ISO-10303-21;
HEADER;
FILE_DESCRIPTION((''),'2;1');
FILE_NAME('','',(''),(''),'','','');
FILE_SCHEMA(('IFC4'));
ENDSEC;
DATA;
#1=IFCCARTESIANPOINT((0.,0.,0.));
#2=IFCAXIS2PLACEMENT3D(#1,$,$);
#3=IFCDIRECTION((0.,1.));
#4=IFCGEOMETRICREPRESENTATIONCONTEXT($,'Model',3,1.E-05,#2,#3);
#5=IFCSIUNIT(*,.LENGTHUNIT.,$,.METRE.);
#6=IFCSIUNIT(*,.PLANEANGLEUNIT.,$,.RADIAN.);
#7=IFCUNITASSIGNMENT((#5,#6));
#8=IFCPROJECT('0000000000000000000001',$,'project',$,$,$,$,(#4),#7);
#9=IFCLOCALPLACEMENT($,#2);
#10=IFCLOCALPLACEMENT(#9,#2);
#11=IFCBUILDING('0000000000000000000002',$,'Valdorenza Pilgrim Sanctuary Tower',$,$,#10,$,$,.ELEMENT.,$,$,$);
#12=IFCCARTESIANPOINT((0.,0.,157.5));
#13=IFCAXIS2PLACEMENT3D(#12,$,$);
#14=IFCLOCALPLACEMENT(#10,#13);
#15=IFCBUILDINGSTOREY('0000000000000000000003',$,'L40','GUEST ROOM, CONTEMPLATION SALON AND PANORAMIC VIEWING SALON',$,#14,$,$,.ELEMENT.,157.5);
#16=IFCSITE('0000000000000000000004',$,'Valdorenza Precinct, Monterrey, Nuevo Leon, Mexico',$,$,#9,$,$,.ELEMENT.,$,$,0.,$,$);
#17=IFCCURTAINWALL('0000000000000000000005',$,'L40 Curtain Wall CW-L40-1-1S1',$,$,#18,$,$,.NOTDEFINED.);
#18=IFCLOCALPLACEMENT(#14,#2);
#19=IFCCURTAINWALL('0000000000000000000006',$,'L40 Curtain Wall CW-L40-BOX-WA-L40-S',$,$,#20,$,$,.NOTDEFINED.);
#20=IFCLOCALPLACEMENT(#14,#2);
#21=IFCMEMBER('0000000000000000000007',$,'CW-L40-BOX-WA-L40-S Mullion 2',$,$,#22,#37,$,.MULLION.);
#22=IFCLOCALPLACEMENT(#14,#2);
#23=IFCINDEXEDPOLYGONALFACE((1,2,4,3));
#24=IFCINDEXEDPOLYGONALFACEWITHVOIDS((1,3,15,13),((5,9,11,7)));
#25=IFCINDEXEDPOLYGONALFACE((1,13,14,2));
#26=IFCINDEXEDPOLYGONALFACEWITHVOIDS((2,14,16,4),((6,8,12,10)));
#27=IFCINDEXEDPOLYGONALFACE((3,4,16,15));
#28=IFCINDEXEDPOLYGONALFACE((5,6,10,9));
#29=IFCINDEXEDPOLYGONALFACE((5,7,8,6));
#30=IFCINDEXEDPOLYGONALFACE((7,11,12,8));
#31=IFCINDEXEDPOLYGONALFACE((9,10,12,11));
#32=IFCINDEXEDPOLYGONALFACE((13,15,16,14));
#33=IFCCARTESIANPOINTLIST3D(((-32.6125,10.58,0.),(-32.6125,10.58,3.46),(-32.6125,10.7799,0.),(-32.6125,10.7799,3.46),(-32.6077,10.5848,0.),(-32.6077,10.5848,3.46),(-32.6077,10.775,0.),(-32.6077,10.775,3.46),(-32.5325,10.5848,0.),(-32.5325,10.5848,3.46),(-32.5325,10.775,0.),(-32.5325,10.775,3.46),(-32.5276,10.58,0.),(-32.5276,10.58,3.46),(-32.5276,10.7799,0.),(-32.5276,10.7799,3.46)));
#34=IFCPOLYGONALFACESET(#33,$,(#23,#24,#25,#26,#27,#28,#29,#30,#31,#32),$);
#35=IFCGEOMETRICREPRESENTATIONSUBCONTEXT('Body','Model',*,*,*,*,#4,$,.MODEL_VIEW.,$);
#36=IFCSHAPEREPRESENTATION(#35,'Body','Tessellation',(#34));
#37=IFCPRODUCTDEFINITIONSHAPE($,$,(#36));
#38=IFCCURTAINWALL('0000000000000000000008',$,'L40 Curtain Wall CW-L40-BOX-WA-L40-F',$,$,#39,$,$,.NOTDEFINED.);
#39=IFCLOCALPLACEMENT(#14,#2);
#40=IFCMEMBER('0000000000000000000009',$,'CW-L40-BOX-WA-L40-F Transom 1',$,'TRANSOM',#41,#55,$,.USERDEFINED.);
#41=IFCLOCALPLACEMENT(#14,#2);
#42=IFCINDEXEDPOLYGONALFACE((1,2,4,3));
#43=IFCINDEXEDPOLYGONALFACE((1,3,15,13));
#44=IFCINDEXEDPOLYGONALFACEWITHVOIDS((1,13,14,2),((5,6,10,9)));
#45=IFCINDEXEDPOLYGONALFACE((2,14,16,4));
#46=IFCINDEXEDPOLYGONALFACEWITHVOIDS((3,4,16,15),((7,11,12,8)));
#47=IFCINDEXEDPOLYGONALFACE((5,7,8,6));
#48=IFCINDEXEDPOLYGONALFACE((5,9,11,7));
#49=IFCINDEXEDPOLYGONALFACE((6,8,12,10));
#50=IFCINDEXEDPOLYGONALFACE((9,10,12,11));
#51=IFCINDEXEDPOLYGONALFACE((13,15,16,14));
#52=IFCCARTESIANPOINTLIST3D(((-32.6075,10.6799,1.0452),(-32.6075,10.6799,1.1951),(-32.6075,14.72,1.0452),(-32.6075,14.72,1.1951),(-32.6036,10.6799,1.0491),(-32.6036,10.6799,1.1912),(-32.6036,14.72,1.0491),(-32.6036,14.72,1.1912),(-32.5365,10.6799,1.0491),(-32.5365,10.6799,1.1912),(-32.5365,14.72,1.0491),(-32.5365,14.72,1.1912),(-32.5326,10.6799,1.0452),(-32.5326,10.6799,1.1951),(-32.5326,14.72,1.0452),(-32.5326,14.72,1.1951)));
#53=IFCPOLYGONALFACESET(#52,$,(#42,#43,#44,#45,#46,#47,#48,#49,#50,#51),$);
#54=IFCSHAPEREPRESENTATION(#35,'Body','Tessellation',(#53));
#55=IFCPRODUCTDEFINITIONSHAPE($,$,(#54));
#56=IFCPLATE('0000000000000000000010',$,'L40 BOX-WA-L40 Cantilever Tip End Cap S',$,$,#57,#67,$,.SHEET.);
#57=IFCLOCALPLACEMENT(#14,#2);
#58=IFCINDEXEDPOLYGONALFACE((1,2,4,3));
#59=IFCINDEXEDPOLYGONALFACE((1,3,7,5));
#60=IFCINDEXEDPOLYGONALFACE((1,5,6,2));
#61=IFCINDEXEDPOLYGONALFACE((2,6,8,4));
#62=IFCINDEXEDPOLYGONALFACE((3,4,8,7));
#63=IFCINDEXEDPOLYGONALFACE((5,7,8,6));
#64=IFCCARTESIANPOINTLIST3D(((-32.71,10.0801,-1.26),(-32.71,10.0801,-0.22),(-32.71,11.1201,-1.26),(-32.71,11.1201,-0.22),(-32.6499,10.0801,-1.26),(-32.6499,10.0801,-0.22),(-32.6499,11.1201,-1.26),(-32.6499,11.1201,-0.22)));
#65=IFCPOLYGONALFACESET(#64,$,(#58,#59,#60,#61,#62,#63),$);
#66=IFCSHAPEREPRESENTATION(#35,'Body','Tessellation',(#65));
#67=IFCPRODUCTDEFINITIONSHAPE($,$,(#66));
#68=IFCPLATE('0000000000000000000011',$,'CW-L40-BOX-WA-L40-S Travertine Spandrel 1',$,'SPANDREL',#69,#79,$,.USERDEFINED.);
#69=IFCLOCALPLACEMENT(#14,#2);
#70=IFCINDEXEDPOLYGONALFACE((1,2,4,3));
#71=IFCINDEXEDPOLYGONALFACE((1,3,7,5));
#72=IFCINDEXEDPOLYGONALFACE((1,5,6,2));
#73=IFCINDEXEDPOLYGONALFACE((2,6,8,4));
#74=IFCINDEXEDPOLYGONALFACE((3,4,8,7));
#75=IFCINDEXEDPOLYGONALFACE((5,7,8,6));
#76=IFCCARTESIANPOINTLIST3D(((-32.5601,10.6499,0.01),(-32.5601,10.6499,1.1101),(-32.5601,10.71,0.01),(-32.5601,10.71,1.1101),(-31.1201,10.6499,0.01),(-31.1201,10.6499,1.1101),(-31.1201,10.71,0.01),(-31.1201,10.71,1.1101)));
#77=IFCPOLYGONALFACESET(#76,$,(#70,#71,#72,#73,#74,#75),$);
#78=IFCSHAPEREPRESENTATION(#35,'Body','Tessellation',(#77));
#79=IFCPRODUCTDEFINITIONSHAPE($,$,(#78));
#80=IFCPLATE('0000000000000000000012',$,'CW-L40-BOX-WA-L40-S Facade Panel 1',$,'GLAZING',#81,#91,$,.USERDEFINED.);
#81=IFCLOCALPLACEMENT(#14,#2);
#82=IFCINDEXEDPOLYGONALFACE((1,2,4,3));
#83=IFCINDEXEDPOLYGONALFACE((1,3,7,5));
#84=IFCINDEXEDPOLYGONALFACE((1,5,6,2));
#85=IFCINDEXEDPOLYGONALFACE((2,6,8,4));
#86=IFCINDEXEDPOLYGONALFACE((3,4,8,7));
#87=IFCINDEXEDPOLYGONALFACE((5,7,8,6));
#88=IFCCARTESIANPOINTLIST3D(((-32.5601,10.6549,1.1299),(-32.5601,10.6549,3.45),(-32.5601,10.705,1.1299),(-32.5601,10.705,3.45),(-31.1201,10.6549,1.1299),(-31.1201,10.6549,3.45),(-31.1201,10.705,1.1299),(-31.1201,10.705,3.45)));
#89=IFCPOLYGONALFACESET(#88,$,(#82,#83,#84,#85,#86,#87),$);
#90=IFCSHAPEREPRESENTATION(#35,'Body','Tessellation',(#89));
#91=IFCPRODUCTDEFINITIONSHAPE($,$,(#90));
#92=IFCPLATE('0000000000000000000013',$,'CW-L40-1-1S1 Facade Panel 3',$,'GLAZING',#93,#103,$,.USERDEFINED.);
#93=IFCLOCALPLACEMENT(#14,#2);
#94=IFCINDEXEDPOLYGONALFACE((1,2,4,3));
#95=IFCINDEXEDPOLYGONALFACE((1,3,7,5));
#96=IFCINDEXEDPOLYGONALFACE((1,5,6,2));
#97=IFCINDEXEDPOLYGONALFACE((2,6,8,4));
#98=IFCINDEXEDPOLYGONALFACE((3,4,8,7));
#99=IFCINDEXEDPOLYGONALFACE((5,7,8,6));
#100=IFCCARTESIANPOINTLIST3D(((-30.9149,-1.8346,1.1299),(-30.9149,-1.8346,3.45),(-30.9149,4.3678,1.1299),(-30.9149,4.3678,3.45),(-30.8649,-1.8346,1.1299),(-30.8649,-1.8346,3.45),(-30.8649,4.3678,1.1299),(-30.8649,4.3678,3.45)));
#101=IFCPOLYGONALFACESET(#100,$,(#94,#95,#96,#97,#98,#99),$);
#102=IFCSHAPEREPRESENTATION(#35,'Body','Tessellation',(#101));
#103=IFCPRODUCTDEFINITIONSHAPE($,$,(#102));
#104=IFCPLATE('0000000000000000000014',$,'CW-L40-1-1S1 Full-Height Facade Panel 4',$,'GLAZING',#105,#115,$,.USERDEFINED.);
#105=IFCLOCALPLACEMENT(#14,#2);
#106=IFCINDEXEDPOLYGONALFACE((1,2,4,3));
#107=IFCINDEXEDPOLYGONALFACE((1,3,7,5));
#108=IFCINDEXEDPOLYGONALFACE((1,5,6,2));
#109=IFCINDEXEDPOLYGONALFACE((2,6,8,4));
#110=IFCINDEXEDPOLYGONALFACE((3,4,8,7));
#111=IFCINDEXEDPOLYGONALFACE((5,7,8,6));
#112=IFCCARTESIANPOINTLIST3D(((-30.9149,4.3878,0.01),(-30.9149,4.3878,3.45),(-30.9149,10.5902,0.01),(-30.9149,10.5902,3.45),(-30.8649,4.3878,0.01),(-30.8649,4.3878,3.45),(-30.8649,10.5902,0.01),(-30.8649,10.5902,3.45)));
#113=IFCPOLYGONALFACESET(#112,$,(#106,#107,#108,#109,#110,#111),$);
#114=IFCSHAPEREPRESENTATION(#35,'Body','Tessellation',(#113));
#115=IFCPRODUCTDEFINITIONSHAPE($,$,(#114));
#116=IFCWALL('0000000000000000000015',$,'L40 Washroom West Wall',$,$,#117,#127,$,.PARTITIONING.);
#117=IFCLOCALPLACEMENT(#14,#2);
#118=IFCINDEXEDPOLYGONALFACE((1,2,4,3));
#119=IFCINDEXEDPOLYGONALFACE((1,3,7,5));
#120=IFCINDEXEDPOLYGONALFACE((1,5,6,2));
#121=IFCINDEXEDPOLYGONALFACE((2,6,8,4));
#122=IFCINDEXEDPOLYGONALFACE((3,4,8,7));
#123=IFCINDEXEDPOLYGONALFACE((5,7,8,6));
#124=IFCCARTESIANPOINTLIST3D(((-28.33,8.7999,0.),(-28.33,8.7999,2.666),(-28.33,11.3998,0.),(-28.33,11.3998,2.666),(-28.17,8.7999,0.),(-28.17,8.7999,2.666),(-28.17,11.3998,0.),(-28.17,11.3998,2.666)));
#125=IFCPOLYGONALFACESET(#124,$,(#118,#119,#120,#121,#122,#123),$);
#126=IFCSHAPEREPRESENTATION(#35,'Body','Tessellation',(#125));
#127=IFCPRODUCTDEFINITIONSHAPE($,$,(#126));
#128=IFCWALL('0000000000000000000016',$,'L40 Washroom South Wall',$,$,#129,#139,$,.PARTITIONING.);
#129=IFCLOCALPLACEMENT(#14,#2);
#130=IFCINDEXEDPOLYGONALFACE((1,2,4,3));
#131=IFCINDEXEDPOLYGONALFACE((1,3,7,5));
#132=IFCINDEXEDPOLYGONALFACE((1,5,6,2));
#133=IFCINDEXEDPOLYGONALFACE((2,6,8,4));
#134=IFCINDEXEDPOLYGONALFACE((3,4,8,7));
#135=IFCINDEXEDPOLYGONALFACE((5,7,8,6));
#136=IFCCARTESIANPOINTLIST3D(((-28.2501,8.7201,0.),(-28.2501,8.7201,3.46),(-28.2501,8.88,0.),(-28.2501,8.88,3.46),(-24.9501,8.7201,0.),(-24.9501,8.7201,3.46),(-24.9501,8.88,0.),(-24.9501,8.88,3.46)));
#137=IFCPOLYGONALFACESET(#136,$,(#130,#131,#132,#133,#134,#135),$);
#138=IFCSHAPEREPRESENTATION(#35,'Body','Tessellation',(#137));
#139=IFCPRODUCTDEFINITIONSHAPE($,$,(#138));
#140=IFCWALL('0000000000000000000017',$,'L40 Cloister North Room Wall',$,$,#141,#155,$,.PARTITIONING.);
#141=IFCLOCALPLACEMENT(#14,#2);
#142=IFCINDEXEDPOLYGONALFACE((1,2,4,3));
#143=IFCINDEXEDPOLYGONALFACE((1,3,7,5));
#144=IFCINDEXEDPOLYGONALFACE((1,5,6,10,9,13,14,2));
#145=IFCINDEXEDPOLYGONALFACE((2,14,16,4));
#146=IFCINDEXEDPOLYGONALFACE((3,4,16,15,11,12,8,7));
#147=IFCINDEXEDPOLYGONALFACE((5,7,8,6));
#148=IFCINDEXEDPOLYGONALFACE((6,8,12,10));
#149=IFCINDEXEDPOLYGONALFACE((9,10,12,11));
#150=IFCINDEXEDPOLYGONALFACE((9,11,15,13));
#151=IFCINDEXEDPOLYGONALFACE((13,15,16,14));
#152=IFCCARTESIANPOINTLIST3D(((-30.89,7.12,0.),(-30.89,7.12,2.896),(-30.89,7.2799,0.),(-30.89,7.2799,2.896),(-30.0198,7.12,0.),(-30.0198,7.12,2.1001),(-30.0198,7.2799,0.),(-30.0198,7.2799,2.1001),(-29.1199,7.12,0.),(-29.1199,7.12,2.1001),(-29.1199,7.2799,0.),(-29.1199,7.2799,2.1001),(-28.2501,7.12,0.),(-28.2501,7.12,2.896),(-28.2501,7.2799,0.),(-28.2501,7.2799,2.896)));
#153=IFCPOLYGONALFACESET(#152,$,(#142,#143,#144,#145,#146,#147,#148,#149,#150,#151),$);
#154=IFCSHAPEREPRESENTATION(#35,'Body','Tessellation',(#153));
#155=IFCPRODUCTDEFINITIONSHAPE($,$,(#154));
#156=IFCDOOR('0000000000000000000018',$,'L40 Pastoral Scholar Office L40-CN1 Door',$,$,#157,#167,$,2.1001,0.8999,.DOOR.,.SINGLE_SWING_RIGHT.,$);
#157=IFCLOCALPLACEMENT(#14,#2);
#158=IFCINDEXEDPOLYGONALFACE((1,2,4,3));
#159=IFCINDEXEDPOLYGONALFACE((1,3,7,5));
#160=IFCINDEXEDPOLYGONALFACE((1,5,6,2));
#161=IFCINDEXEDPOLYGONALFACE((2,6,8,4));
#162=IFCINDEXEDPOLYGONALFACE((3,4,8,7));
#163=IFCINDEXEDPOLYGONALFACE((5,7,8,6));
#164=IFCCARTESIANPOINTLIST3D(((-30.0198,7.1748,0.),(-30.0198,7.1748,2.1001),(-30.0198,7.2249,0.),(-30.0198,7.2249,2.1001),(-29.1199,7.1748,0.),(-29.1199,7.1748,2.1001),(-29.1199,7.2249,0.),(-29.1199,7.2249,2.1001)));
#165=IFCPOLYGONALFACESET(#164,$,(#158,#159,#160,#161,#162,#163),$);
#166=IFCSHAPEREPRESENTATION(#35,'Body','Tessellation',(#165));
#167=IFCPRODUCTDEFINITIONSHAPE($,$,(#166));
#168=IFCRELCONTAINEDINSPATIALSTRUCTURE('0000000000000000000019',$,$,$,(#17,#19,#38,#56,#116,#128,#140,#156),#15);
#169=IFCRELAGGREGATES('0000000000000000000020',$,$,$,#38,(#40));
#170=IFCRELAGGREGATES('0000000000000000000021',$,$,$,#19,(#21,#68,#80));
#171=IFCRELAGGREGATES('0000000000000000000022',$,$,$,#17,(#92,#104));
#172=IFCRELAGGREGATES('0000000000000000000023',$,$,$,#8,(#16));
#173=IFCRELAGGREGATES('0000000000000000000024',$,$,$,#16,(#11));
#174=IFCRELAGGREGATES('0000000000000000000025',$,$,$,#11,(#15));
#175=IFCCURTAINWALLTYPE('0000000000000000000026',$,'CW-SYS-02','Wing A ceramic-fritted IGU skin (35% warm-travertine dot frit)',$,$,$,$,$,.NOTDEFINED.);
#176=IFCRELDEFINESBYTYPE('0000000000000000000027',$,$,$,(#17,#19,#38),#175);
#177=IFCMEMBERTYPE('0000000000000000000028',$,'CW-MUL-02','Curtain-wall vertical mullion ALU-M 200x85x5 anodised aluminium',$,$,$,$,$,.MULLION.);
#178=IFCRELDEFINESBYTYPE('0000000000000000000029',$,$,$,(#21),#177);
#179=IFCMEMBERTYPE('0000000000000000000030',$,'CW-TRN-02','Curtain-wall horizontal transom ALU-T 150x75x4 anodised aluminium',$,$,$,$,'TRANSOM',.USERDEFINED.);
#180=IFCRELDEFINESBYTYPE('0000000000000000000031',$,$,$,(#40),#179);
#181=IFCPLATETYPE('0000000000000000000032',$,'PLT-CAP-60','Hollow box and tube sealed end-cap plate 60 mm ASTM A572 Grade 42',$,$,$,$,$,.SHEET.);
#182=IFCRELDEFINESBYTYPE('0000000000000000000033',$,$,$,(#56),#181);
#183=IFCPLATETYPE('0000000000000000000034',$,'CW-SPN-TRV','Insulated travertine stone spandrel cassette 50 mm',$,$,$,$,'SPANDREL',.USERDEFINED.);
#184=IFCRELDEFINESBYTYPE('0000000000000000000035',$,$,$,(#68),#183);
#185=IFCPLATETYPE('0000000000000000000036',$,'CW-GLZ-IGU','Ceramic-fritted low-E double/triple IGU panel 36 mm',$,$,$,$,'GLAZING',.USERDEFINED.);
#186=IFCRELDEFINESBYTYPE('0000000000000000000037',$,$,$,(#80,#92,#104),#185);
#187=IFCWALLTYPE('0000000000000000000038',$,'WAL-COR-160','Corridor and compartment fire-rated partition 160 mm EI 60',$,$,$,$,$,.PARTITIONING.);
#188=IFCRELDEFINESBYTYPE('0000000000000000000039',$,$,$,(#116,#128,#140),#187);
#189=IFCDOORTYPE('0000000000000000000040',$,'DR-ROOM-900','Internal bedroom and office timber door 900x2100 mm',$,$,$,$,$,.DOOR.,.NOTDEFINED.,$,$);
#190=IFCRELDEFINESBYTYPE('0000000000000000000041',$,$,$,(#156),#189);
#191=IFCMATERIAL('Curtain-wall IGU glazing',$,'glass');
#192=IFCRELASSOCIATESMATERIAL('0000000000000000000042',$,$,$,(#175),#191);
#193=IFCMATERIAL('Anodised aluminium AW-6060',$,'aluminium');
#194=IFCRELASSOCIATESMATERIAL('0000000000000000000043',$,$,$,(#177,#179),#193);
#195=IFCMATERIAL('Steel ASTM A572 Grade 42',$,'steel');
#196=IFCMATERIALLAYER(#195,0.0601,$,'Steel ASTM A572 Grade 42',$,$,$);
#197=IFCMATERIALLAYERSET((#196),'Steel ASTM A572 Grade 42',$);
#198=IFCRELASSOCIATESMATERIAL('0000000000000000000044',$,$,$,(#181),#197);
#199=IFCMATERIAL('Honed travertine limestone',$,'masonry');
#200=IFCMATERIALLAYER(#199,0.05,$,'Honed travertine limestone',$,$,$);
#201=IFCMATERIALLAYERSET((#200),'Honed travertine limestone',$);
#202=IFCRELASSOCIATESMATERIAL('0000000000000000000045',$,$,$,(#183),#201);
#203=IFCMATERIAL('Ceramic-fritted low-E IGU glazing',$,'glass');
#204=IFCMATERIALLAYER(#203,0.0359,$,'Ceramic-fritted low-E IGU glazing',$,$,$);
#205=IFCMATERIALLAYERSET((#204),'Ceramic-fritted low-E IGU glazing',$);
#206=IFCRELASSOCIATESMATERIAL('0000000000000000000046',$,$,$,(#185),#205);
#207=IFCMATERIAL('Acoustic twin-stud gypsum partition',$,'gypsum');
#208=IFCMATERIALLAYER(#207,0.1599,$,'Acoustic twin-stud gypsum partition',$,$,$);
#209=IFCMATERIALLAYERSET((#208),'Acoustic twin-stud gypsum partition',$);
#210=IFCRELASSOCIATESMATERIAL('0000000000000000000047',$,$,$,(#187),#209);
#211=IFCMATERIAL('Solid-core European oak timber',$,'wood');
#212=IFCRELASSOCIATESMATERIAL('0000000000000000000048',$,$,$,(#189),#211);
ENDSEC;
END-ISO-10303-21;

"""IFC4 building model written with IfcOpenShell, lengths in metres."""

from ifc_helpers import new_model, si_unit, direction, frame, frame_2d, origin, origin_2d, place, context, subcontext, project, spatial, rectangle, hollow_rectangle, extrude, source, transform, mapped, material, layer, layer_set, material_profile, profile_set, type_object, element, fill, aggregate, save


model = new_model("IFC4")

# Units and contexts
model_context = context("Model", 3, precision=1e-05, world=origin(), true_north=direction((0.0, 1.0)))
body_context = subcontext(model_context, "Body", "Model", "MODEL_VIEW")
ifc_project = project(units=[si_unit("LENGTHUNIT", "METRE"), si_unit("PLANEANGLEUNIT", "RADIAN")], contexts=[model_context])

# Site, building, storey
site_placement = place(None, origin())
site = spatial("IfcSite", under=ifc_project, at=site_placement, Name="Valdorenza Precinct, Monterrey, Nuevo Leon, Mexico", CompositionType="ELEMENT", RefElevation=0.0)
building_placement = place(site_placement, origin())
building = spatial("IfcBuilding", under=site, at=building_placement, Name="Valdorenza Pilgrim Sanctuary Tower", CompositionType="ELEMENT")
storey_placement = place(building_placement, frame((0.0, 0.0, 157.5)))
storey = spatial("IfcBuildingStorey", under=building, at=storey_placement, Name="L40", Description="GUEST ROOM, CONTEMPLATION SALON AND PANORAMIC VIEWING SALON", CompositionType="ELEMENT", Elevation=157.5)

# Shared definitions
ifc_material_1 = material(Name="Steel ASTM A572 Grade 42", Category="steel")

# Curtain wall
ifc_material_2 = material(Name="Curtain-wall IGU glazing", Category="glass")
curtain_wall_type = type_object("IfcCurtainWallType", Name="CW-SYS-02", Description="Wing A ceramic-fritted IGU skin (35% warm-travertine dot frit)", PredefinedType="NOTDEFINED", material=ifc_material_2)
curtain_wall_1_placement = place(storey_placement, origin())
curtain_wall_1 = element("IfcCurtainWall", 1, at=curtain_wall_1_placement, inside=storey, type_object=curtain_wall_type, Name="L40 Curtain Wall CW-L40-1-1S1", PredefinedType="NOTDEFINED")
ifc_material_3 = material(Name="Anodised aluminium AW-6060", Category="aluminium")
ifc_material_profile_1 = material_profile(ifc_material_3, hollow_rectangle(XDim=0.085, YDim=0.2, WallThickness=0.0049, at=origin_2d()), Name="ALU-M 200x85x5")
ifc_profile_set_1 = profile_set([ifc_material_profile_1], Name="Anodised aluminium AW-6060")
member_type_1 = type_object("IfcMemberType", Name="CW-MUL-02", Description="Curtain-wall vertical mullion ALU-M 200x85x5 anodised aluminium", PredefinedType="MULLION", material=ifc_profile_set_1)
shared_shape_1 = source(origin(), body_context, "Body", "SweptSolid", [
    extrude(hollow_rectangle(XDim=0.085, YDim=0.2, WallThickness=0.0049, at=origin_2d()), origin(), (0.0, 0.0, 1.0), 3.46),
])

# Curtain walls, members
curtain_wall_2_placement = place(storey_placement, origin())
curtain_wall_2 = element("IfcCurtainWall", 2, at=curtain_wall_2_placement, inside=storey, type_object=curtain_wall_type, Name="L40 Curtain Wall CW-L40-BOX-WA-L40-S", PredefinedType="NOTDEFINED")
member_1_placement = place(storey_placement, frame((-32.5701, 10.6799, 0.0), z_axis=(0.0, 0.0, 1.0), x_axis=(-1.0, 0.0, 0.0)))
member_1 = element("IfcMember", 3, at=member_1_placement, type_object=member_type_1, Name="CW-L40-BOX-WA-L40-S Mullion 2", PredefinedType="MULLION", context=body_context, shape_type="MappedRepresentation", body=[
    mapped(shared_shape_1, transform((0.0, 0.0, 0.0), x_axis=(1.0, 0.0, 0.0), y_axis=(0.0, 1.0, 0.0), z_axis=(0.0, 0.0, 1.0), scale=1.0)),
])
curtain_wall_3_placement = place(storey_placement, origin())
curtain_wall_3 = element("IfcCurtainWall", 4, at=curtain_wall_3_placement, inside=storey, type_object=curtain_wall_type, Name="L40 Curtain Wall CW-L40-BOX-WA-L40-F", PredefinedType="NOTDEFINED")
ifc_material_profile_2 = material_profile(ifc_material_3, hollow_rectangle(XDim=0.075, YDim=0.1499, WallThickness=0.0039, at=origin_2d()), Name="ALU-T 150x75x4")
ifc_profile_set_2 = profile_set([ifc_material_profile_2], Name="Anodised aluminium AW-6060")
member_type_2 = type_object("IfcMemberType", Name="CW-TRN-02", Description="Curtain-wall horizontal transom ALU-T 150x75x4 anodised aluminium", ElementType="TRANSOM", PredefinedType="USERDEFINED", material=ifc_profile_set_2)
shared_shape_2 = source(origin(), body_context, "Body", "SweptSolid", [
    extrude(hollow_rectangle(XDim=0.075, YDim=0.1499, WallThickness=0.0039, at=origin_2d()), origin(), (0.0, 0.0, 1.0), 4.04),
])
member_2_placement = place(storey_placement, frame((-32.5701, 10.6799, 1.1201), z_axis=(0.0, 1.0, 0.0), x_axis=(-1.0, 0.0, 0.0)))
member_2 = element("IfcMember", 5, at=member_2_placement, type_object=member_type_2, Name="CW-L40-BOX-WA-L40-F Transom 1", ObjectType="TRANSOM", PredefinedType="USERDEFINED", context=body_context, shape_type="MappedRepresentation", body=[
    mapped(shared_shape_2, transform((0.0, 0.0, 0.0), x_axis=(1.0, 0.0, 0.0), y_axis=(0.0, 1.0, 0.0), z_axis=(0.0, 0.0, 1.0), scale=1.0)),
])
aggregate(curtain_wall_3, [member_2])

# Plates
ifc_layer_1 = layer(ifc_material_1, 0.0601, Name="Steel ASTM A572 Grade 42")
ifc_layer_set_1 = layer_set([ifc_layer_1], Name="Steel ASTM A572 Grade 42")
plate_type_1 = type_object("IfcPlateType", Name="PLT-CAP-60", Description="Hollow box and tube sealed end-cap plate 60 mm ASTM A572 Grade 42", PredefinedType="SHEET", material=ifc_layer_set_1)
shared_shape_3 = source(origin(), body_context, "Body", "SweptSolid", [
    extrude(rectangle(XDim=0.0601, YDim=1.04, at=origin_2d()), origin(), (0.0, 0.0, 1.0), 1.04),
])
plate_1_placement = place(storey_placement, frame((-32.6799, 10.6001, -1.26), z_axis=(0.0, 0.0, 1.0), x_axis=(1.0, 0.0, 0.0)))
element("IfcPlate", 6, at=plate_1_placement, inside=storey, type_object=plate_type_1, Name="L40 BOX-WA-L40 Cantilever Tip End Cap S", PredefinedType="SHEET", context=body_context, shape_type="MappedRepresentation", body=[
    mapped(shared_shape_3, transform((0.0, 0.0, 0.0), x_axis=(1.0, 0.0, 0.0), y_axis=(0.0, 1.0, 0.0), z_axis=(0.0, 0.0, 1.0), scale=1.0)),
])
ifc_material_4 = material(Name="Honed travertine limestone", Category="masonry")
ifc_layer_2 = layer(ifc_material_4, 0.05, Name="Honed travertine limestone")
ifc_layer_set_2 = layer_set([ifc_layer_2], Name="Honed travertine limestone")
plate_type_2 = type_object("IfcPlateType", Name="CW-SPN-TRV", Description="Insulated travertine stone spandrel cassette 50 mm", ElementType="SPANDREL", PredefinedType="USERDEFINED", material=ifc_layer_set_2)
shared_shape_4 = source(origin(), body_context, "Body", "SweptSolid", [
    extrude(rectangle(XDim=1.4399, YDim=0.0601, at=origin_2d()), origin(), (0.0, 0.0, 1.0), 1.1001),
])
plate_2_placement = place(storey_placement, frame((-31.8401, 10.6799, 0.01), z_axis=(0.0, 0.0, 1.0), x_axis=(-1.0, 0.0, 0.0)))
plate_2 = element("IfcPlate", 7, at=plate_2_placement, type_object=plate_type_2, Name="CW-L40-BOX-WA-L40-S Travertine Spandrel 1", ObjectType="SPANDREL", PredefinedType="USERDEFINED", context=body_context, shape_type="MappedRepresentation", body=[
    mapped(shared_shape_4, transform((0.0, 0.0, 0.0), x_axis=(1.0, 0.0, 0.0), y_axis=(0.0, 1.0, 0.0), z_axis=(0.0, 0.0, 1.0), scale=1.0)),
])
ifc_material_5 = material(Name="Ceramic-fritted low-E IGU glazing", Category="glass")
ifc_layer_3 = layer(ifc_material_5, 0.0359, Name="Ceramic-fritted low-E IGU glazing")
ifc_layer_set_3 = layer_set([ifc_layer_3], Name="Ceramic-fritted low-E IGU glazing")
plate_type_3 = type_object("IfcPlateType", Name="CW-GLZ-IGU", Description="Ceramic-fritted low-E double/triple IGU panel 36 mm", ElementType="GLAZING", PredefinedType="USERDEFINED", material=ifc_layer_set_3)
shared_shape_5 = source(origin(), body_context, "Body", "SweptSolid", [
    extrude(rectangle(XDim=1.4399, YDim=0.05, at=origin_2d()), origin(), (0.0, 0.0, 1.0), 2.3201),
])
plate_3_placement = place(storey_placement, frame((-31.8401, 10.6799, 1.1299), z_axis=(0.0, 0.0, 1.0), x_axis=(-1.0, 0.0, 0.0)))
plate_3 = element("IfcPlate", 8, at=plate_3_placement, type_object=plate_type_3, Name="CW-L40-BOX-WA-L40-S Facade Panel 1", ObjectType="GLAZING", PredefinedType="USERDEFINED", context=body_context, shape_type="MappedRepresentation", body=[
    mapped(shared_shape_5, transform((0.0, 0.0, 0.0), x_axis=(1.0, 0.0, 0.0), y_axis=(0.0, 1.0, 0.0), z_axis=(0.0, 0.0, 1.0), scale=1.0)),
])
aggregate(curtain_wall_2, [member_1, plate_2, plate_3])
shared_shape_6 = source(origin(), body_context, "Body", "SweptSolid", [
    extrude(rectangle(XDim=6.2024, YDim=0.05, at=origin_2d()), origin(), (0.0, 0.0, 1.0), 2.3201),
])
plate_4_placement = place(storey_placement, frame((-30.8899, 1.2666, 1.1299), z_axis=(0.0, 0.0, 1.0), x_axis=(0.0, 1.0, 0.0)))
plate_4 = element("IfcPlate", 9, at=plate_4_placement, type_object=plate_type_3, Name="CW-L40-1-1S1 Facade Panel 3", ObjectType="GLAZING", PredefinedType="USERDEFINED", context=body_context, shape_type="MappedRepresentation", body=[
    mapped(shared_shape_6, transform((0.0, 0.0, 0.0), x_axis=(1.0, 0.0, 0.0), y_axis=(0.0, 1.0, 0.0), z_axis=(0.0, 0.0, 1.0), scale=1.0)),
])
shared_shape_7 = source(origin(), body_context, "Body", "SweptSolid", [
    extrude(rectangle(XDim=6.2024, YDim=0.05, at=origin_2d()), origin(), (0.0, 0.0, 1.0), 3.4399),
])
plate_5_placement = place(storey_placement, frame((-30.8899, 7.489, 0.01), z_axis=(0.0, 0.0, 1.0), x_axis=(0.0, 1.0, 0.0)))
plate_5 = element("IfcPlate", 10, at=plate_5_placement, type_object=plate_type_3, Name="CW-L40-1-1S1 Full-Height Facade Panel 4", ObjectType="GLAZING", PredefinedType="USERDEFINED", context=body_context, shape_type="MappedRepresentation", body=[
    mapped(shared_shape_7, transform((0.0, 0.0, 0.0), x_axis=(1.0, 0.0, 0.0), y_axis=(0.0, 1.0, 0.0), z_axis=(0.0, 0.0, 1.0), scale=1.0)),
])
aggregate(curtain_wall_1, [plate_4, plate_5])

# Walls
ifc_material_6 = material(Name="Acoustic twin-stud gypsum partition", Category="gypsum")
ifc_layer_4 = layer(ifc_material_6, 0.1599, Name="Acoustic twin-stud gypsum partition")
ifc_layer_set_4 = layer_set([ifc_layer_4], Name="Acoustic twin-stud gypsum partition")
wall_type_1 = type_object("IfcWallType", Name="WAL-COR-160", Description="Corridor and compartment fire-rated partition 160 mm EI 60", PredefinedType="PARTITIONING", material=ifc_layer_set_4)
wall_1_placement = place(storey_placement, frame((-28.25, 8.8, 0.0), z_axis=(0.0, 0.0, 1.0), x_axis=(0.0, 1.0, 0.0)))
element("IfcWall", 11, at=wall_1_placement, inside=storey, type_object=wall_type_1, Name="L40 Washroom West Wall", PredefinedType="PARTITIONING", context=body_context, shape_type="SweptSolid", body=[
    extrude(rectangle(XDim=2.5999, YDim=0.1599, at=frame_2d((1.2998, 0.0))), origin(), (0.0, 0.0, 1.0), 2.666),
])
wall_2_placement = place(storey_placement, frame((-28.25, 8.8, 0.0), z_axis=(0.0, 0.0, 1.0), x_axis=(1.0, 0.0, 0.0)))
element("IfcWall", 12, at=wall_2_placement, inside=storey, type_object=wall_type_1, Name="L40 Washroom South Wall", PredefinedType="PARTITIONING", context=body_context, shape_type="SweptSolid", body=[
    extrude(rectangle(XDim=3.3, YDim=0.1599, at=frame_2d((1.6499, 0.0))), origin(), (0.0, 0.0, 1.0), 3.46),
])

# Wall, opening, door
wall_3_placement = place(storey_placement, frame((-30.8899, 7.2, 0.0), z_axis=(0.0, 0.0, 1.0), x_axis=(1.0, 0.0, 0.0)))
wall_3 = element("IfcWall", 13, at=wall_3_placement, inside=storey, type_object=wall_type_1, Name="L40 Cloister North Room Wall", PredefinedType="PARTITIONING", context=body_context, shape_type="SweptSolid", body=[
    extrude(rectangle(XDim=2.6399, YDim=0.1599, at=frame_2d((1.3198, 0.0))), origin(), (0.0, 0.0, 1.0), 2.896),
])
opening_placement = place(wall_3_placement, frame((0.8701, 0.0, 0.0)))
opening = element("IfcOpeningElement", 14, at=opening_placement, cuts=wall_3, PredefinedType="OPENING", context=body_context, shape_type="SweptSolid", body=[
    extrude(rectangle(XDim=0.8999, YDim=2.1001, at=frame_2d((0.45, 1.05))), frame((0.0, 0.0947, 0.0), z_axis=(0.0, -1.0, 0.0), x_axis=(1.0, 0.0, 0.0)), (0.0, 0.0, 1.0), 0.1897),
])
ifc_material_7 = material(Name="Solid-core European oak timber", Category="wood")
door_type = type_object("IfcDoorType", Name="DR-ROOM-900", Description="Internal bedroom and office timber door 900x2100 mm", OperationType="NOTDEFINED", PredefinedType="DOOR", material=ifc_material_7)
door_placement = place(opening_placement, origin())
door = element("IfcDoor", 15, at=door_placement, inside=storey, type_object=door_type, Name="L40 Pastoral Scholar Office L40-CN1 Door", OperationType="SINGLE_SWING_RIGHT", OverallHeight=2.1001, OverallWidth=0.8999, PredefinedType="DOOR", context=body_context, shape_type="SweptSolid", body=[
    extrude(rectangle(XDim=0.8999, YDim=2.1001, at=frame_2d((0.45, 1.05))), frame((0.0, 0.0249, 0.0), z_axis=(0.0, -1.0, 0.0), x_axis=(1.0, 0.0, 0.0)), (0.0, 0.0, 1.0), 0.05),
])
fill(opening, door)

save(model, "model.ifc")
